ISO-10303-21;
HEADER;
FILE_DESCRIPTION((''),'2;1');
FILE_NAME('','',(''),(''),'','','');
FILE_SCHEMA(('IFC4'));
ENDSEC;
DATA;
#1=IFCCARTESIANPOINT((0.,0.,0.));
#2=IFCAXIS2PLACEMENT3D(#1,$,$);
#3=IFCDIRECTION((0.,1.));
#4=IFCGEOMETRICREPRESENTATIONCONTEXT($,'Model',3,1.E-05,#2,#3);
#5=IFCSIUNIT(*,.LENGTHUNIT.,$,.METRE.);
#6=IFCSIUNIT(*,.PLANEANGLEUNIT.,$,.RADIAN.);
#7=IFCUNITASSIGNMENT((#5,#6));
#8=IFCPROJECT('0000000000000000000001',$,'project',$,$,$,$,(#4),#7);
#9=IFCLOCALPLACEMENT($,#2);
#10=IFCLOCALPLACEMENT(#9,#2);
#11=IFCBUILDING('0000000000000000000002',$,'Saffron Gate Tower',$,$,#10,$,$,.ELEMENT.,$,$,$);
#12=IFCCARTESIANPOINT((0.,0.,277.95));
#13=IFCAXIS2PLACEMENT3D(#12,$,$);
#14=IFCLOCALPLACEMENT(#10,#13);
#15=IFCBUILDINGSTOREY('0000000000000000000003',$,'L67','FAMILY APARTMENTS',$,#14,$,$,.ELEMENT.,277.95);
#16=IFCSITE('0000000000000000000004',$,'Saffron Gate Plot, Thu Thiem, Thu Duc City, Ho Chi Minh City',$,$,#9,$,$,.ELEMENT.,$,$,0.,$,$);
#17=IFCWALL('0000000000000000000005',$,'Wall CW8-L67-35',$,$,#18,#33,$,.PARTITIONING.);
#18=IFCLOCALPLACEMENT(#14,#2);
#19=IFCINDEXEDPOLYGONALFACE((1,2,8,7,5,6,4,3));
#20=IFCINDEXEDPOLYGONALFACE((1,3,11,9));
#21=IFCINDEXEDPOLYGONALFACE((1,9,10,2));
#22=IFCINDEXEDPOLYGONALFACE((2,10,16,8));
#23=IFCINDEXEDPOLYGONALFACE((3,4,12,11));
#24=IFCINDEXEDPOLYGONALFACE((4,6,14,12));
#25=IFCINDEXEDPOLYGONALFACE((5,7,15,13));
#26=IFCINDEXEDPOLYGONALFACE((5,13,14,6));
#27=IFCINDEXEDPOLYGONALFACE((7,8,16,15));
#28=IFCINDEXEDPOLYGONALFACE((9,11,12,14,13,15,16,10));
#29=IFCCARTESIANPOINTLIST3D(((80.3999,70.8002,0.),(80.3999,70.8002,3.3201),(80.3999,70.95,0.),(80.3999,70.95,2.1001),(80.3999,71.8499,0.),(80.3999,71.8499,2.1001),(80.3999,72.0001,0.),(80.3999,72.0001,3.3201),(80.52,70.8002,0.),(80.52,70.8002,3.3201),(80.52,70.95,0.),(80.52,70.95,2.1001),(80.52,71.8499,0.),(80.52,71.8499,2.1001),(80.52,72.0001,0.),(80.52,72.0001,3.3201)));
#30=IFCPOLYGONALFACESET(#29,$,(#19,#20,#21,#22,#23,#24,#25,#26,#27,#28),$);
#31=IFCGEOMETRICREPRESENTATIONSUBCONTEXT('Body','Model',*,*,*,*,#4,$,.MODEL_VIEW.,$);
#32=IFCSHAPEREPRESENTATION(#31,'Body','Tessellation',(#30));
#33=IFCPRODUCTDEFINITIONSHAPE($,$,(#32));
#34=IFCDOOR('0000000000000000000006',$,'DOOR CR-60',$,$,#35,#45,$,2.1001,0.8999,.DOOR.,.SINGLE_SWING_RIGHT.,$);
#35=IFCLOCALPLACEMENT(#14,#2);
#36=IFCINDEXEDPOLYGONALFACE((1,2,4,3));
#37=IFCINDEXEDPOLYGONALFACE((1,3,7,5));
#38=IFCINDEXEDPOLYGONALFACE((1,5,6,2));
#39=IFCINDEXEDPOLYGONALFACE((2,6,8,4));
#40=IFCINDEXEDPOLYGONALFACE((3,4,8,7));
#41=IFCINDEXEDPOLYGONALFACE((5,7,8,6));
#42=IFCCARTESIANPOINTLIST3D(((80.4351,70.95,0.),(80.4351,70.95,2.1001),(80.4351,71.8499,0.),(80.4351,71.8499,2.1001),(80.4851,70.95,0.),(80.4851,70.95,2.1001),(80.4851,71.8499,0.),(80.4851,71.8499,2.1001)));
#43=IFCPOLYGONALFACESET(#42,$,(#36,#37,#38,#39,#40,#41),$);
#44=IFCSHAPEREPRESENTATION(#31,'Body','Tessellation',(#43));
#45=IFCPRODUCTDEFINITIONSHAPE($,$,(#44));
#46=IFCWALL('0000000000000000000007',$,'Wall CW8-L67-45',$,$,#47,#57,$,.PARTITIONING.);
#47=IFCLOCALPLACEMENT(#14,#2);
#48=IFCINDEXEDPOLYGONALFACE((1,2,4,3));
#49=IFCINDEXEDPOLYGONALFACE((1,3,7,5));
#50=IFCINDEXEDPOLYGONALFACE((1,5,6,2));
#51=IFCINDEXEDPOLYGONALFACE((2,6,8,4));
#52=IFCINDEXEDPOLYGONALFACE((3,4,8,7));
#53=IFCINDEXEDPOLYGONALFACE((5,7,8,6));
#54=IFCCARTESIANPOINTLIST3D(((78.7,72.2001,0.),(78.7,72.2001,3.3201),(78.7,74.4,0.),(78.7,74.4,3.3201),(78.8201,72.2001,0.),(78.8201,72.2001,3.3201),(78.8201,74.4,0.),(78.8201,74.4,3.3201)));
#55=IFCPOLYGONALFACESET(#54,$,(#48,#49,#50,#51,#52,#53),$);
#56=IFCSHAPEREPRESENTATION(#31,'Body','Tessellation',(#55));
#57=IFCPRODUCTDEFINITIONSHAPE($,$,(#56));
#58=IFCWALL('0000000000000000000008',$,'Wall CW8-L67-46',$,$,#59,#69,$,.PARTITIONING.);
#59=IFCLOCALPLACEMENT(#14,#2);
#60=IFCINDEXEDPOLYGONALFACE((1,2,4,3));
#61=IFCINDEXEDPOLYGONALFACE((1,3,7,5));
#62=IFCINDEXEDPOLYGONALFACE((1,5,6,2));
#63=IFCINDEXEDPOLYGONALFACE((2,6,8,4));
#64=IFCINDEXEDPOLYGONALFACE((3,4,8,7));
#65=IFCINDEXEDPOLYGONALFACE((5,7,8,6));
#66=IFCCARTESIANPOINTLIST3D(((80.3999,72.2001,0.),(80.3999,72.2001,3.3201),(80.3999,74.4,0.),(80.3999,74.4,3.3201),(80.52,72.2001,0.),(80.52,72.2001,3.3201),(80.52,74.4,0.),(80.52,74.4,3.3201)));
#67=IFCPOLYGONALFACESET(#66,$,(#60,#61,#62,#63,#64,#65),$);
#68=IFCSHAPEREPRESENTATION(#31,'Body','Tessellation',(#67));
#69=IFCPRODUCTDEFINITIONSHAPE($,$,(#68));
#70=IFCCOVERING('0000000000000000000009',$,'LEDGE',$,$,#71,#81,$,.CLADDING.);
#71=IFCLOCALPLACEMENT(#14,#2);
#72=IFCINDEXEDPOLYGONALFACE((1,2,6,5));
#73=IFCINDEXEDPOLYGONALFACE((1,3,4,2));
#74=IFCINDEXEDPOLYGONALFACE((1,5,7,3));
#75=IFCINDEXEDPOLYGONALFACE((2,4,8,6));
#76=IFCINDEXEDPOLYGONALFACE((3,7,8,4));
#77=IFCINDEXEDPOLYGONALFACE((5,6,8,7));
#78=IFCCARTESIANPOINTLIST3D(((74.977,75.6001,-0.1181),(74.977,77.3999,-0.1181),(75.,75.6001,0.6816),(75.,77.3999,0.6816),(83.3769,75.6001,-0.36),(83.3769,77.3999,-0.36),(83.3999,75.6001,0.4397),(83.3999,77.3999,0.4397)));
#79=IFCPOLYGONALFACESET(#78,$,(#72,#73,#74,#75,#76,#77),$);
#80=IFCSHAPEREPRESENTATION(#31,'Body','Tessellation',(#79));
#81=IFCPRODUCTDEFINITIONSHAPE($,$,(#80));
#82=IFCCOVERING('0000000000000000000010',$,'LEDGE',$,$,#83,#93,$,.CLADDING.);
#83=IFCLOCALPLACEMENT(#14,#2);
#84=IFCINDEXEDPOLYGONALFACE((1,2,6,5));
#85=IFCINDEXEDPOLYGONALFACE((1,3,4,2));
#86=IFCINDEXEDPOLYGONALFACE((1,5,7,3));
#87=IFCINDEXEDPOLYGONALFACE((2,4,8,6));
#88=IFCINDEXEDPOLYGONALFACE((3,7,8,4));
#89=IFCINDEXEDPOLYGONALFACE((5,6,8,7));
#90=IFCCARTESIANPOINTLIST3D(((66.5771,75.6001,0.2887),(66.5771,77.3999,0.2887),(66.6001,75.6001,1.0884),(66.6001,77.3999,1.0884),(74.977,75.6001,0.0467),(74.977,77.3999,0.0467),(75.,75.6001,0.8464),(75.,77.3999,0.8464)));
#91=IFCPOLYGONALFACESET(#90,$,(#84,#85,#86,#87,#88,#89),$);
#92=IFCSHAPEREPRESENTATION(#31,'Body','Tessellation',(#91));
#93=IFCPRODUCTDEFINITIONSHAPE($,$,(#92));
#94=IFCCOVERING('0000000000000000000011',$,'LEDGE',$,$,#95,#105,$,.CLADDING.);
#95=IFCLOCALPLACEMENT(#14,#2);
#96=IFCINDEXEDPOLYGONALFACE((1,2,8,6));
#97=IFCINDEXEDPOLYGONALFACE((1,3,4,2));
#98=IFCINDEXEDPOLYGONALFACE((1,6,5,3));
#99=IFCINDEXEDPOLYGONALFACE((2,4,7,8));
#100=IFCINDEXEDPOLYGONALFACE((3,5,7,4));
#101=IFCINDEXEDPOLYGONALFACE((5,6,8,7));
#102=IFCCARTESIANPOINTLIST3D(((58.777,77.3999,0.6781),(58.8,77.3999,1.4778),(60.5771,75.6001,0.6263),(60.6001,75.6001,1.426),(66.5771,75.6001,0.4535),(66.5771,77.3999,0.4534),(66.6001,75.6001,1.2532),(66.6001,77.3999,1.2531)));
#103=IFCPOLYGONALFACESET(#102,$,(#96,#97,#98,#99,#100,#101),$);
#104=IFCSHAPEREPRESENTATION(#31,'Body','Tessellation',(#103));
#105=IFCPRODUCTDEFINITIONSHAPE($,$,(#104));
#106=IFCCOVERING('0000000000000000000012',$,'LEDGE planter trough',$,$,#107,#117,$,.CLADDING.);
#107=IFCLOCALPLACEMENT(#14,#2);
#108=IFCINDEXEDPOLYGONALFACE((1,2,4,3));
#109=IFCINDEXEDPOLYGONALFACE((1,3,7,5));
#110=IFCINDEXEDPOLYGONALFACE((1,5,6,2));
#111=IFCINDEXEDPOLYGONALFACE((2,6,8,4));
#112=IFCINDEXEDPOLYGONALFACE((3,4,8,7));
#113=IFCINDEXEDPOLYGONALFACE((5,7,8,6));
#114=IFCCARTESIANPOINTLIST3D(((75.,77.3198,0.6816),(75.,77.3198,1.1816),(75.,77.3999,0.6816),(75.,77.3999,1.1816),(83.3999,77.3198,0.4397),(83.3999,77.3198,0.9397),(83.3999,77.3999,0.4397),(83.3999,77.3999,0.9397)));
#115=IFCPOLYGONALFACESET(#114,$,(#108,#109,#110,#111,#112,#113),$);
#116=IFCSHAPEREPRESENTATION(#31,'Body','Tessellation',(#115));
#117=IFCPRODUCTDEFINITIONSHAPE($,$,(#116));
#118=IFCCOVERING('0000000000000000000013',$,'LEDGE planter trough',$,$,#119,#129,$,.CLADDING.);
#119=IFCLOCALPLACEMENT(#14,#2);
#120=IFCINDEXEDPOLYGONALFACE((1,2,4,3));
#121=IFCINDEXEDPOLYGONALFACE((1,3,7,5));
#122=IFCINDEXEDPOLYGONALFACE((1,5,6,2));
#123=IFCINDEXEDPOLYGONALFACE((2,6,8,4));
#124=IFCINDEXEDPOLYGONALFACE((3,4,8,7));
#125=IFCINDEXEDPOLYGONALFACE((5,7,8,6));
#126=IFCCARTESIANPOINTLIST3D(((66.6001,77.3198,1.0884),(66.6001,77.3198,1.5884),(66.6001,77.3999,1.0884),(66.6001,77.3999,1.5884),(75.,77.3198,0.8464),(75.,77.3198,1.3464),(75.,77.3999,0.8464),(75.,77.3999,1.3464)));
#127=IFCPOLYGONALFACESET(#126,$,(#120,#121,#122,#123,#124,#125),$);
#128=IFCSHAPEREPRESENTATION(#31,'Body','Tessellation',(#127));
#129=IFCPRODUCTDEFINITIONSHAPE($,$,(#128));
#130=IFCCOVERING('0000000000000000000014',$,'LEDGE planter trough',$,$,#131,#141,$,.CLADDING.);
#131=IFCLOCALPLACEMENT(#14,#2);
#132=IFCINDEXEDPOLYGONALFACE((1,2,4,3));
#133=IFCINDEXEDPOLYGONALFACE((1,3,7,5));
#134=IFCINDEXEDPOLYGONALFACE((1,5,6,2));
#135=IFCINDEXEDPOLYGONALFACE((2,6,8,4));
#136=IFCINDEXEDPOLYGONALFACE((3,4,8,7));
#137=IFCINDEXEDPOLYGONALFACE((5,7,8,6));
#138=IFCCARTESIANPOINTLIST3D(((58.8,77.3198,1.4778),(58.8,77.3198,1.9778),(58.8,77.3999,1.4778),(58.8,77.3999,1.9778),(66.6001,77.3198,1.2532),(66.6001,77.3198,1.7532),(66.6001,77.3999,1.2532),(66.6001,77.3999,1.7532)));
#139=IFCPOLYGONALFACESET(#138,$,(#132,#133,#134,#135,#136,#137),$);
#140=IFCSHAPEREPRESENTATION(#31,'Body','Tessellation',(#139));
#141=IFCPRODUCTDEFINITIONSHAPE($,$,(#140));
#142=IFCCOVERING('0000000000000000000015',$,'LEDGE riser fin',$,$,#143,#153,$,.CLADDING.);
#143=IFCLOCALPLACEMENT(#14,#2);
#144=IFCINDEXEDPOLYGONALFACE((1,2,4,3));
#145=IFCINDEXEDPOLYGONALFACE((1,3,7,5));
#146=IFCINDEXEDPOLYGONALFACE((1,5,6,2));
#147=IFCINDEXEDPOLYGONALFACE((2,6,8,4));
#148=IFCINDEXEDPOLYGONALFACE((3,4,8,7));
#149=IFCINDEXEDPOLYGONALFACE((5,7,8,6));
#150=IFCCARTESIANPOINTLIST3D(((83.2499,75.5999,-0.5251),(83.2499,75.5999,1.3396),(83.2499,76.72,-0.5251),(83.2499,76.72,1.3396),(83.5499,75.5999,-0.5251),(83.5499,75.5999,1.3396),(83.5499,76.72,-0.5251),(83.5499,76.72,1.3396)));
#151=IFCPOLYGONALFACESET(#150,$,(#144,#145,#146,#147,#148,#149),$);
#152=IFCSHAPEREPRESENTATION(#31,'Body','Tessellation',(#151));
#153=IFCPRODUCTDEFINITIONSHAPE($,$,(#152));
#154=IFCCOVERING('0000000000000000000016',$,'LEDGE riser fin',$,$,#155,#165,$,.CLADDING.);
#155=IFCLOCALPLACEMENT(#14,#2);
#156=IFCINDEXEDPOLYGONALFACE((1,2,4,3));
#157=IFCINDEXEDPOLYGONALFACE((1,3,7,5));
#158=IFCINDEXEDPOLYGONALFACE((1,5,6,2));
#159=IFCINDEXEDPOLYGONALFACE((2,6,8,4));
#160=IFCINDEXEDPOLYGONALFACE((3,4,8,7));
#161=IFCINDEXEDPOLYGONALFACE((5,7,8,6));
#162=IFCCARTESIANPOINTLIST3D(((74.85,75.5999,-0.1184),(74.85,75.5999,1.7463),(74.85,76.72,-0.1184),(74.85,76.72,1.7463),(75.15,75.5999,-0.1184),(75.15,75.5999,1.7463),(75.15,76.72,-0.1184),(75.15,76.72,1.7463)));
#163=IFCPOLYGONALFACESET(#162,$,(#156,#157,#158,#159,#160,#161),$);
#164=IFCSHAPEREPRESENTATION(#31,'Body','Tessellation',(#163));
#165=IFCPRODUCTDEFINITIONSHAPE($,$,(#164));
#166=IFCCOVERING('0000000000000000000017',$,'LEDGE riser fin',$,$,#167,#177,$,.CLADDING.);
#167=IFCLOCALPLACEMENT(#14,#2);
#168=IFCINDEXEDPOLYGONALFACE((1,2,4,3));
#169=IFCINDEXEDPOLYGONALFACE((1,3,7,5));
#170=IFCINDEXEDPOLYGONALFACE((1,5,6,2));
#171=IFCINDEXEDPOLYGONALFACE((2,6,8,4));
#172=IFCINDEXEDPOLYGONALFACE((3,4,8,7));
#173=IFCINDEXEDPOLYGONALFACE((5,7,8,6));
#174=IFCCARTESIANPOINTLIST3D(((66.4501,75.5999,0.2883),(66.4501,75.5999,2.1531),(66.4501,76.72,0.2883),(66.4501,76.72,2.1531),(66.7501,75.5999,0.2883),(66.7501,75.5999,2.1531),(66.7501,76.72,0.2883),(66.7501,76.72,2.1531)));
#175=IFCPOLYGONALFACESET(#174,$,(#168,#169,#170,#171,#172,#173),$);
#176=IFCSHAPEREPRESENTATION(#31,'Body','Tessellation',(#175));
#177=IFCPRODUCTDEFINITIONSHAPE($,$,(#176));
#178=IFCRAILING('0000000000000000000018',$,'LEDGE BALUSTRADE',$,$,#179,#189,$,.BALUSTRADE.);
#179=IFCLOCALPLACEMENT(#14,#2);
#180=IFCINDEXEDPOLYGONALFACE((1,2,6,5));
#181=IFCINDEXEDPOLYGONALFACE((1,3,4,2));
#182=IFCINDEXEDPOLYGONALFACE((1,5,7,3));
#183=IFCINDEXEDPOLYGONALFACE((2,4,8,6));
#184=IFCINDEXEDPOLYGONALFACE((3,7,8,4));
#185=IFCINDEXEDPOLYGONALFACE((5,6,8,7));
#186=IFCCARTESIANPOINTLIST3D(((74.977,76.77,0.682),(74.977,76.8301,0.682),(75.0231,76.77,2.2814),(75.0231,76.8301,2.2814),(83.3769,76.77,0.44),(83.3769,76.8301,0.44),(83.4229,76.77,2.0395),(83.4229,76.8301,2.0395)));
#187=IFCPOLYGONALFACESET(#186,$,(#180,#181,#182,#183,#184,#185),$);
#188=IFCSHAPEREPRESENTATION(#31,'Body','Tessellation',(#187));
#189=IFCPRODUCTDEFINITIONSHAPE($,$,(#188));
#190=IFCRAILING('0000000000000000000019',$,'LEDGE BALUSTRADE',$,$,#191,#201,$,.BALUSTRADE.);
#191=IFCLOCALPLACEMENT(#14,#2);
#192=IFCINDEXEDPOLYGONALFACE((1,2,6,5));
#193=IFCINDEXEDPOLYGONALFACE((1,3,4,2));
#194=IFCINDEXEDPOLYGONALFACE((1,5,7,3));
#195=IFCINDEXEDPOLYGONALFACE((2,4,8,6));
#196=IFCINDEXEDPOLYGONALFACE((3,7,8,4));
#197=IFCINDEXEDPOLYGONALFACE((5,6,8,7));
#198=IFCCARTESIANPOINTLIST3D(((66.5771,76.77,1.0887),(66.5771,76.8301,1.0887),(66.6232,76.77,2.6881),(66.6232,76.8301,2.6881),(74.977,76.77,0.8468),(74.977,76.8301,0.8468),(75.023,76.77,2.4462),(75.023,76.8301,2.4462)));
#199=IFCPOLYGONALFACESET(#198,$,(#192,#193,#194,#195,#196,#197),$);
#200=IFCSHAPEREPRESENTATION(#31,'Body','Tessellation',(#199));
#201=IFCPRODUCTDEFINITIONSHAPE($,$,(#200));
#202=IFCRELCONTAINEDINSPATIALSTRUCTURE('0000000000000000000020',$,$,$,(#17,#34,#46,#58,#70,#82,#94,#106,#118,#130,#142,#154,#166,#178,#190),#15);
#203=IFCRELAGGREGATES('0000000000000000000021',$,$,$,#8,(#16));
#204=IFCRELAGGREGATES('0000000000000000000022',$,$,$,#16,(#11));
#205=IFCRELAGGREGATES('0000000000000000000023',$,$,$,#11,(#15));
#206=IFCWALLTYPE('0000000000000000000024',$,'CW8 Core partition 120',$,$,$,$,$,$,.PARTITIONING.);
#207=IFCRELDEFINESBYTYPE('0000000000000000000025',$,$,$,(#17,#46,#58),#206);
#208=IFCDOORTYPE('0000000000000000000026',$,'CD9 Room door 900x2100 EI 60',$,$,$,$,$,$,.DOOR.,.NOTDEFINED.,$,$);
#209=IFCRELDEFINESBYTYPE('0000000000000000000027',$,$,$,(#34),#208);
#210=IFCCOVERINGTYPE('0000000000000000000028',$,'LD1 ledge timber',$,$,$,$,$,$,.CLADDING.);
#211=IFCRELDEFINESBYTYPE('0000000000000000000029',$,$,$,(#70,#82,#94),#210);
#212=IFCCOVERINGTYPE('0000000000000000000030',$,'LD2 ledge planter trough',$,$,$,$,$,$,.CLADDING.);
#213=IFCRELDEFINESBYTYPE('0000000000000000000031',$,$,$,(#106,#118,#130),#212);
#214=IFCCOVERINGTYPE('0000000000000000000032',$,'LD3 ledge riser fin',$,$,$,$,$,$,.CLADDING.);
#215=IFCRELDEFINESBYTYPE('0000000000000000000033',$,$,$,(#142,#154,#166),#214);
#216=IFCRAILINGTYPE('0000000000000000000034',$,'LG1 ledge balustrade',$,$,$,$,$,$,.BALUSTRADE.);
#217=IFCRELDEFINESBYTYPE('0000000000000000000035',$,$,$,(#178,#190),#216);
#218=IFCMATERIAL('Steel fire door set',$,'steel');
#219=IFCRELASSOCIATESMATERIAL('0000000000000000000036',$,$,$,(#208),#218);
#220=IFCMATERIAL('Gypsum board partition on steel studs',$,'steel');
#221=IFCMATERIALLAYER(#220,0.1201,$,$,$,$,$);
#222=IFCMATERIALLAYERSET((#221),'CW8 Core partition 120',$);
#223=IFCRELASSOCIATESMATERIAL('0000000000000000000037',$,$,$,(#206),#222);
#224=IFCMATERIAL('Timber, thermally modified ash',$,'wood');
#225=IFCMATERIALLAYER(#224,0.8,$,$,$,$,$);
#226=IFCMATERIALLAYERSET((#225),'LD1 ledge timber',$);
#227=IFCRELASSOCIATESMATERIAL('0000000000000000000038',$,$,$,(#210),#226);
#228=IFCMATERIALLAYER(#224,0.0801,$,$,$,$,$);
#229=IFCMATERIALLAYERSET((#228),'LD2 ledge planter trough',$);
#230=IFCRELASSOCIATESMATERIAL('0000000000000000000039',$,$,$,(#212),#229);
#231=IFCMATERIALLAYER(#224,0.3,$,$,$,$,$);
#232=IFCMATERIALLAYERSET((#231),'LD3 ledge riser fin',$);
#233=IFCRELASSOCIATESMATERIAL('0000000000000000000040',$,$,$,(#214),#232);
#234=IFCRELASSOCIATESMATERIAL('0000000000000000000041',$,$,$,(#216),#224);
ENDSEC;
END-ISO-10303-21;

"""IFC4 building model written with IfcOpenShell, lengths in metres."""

from ifc_helpers import new_model, si_unit, direction, frame, frame_2d, origin, origin_2d, place, context, subcontext, project, spatial, polyline, rectangle, outline, extrude, material, layer, layer_set, type_object, element, fill, save


model = new_model("IFC4")

# Units and contexts
model_context = context("Model", 3, precision=1e-05, world=origin(), true_north=direction((0.0, 1.0)))
body_context = subcontext(model_context, "Body", "Model", "MODEL_VIEW")
ifc_project = project(units=[si_unit("LENGTHUNIT", "METRE"), si_unit("PLANEANGLEUNIT", "RADIAN")], contexts=[model_context])

# Site, building, storey
site_placement = place(None, origin())
site = spatial("IfcSite", under=ifc_project, at=site_placement, Name="Saffron Gate Plot, Thu Thiem, Thu Duc City, Ho Chi Minh City", CompositionType="ELEMENT", RefElevation=0.0)
building_placement = place(site_placement, origin())
building = spatial("IfcBuilding", under=site, at=building_placement, Name="Saffron Gate Tower", CompositionType="ELEMENT")
storey_placement = place(building_placement, frame((0.0, 0.0, 277.95)))
storey = spatial("IfcBuildingStorey", under=building, at=storey_placement, Name="L67", Description="FAMILY APARTMENTS", CompositionType="ELEMENT", Elevation=277.95)

# Shared definitions
ifc_material_1 = material(Name="Steel fire door set", Category="steel")
door_type_1 = type_object("IfcDoorType", Name="CD9 Room door 900x2100 EI 60", OperationType="NOTDEFINED", PredefinedType="DOOR", material=ifc_material_1)

# Wall, opening, door
ifc_material_2 = material(Name="Gypsum board partition on steel studs", Category="steel")
ifc_layer_1 = layer(ifc_material_2, 0.1201)
ifc_layer_set_1 = layer_set([ifc_layer_1], Name="CW8 Core partition 120")
wall_type_1 = type_object("IfcWallType", Name="CW8 Core partition 120", PredefinedType="PARTITIONING", material=ifc_layer_set_1)
wall_1_placement = place(storey_placement, frame((80.46, 70.8, 0.0), z_axis=(0.0, 0.0, 1.0), x_axis=(0.0, 1.0, 0.0)))
wall_1 = element("IfcWall", 1, at=wall_1_placement, inside=storey, type_object=wall_type_1, Name="Wall CW8-L67-35", PredefinedType="PARTITIONING", context=body_context, shape_type="SweptSolid", body=[
    extrude(rectangle(XDim=1.2, YDim=0.1201, at=frame_2d((0.6001, 0.0))), origin(), (0.0, 0.0, 1.0), 3.3201),
])
opening_1_placement = place(wall_1_placement, frame((0.1499, 0.0, 0.0)))
opening_1 = element("IfcOpeningElement", 2, at=opening_1_placement, cuts=wall_1, PredefinedType="OPENING", context=body_context, shape_type="SweptSolid", body=[
    extrude(rectangle(XDim=0.8999, YDim=2.1001, at=frame_2d((0.45, 1.05))), frame((0.0, 0.0701, 0.0), z_axis=(0.0, -1.0, 0.0), x_axis=(1.0, 0.0, 0.0)), (0.0, 0.0, 1.0), 0.1401),
])
door_1_placement = place(opening_1_placement, origin())
door_1 = element("IfcDoor", 3, at=door_1_placement, inside=storey, type_object=door_type_1, Name="DOOR CR-60", OperationType="SINGLE_SWING_RIGHT", OverallHeight=2.1001, OverallWidth=0.8999, PredefinedType="DOOR", context=body_context, shape_type="SweptSolid", body=[
    extrude(rectangle(XDim=0.8999, YDim=2.1001, at=frame_2d((0.45, 1.05))), frame((0.0, 0.0249, 0.0), z_axis=(0.0, -1.0, 0.0), x_axis=(1.0, 0.0, 0.0)), (0.0, 0.0, 1.0), 0.05),
])
fill(opening_1, door_1)

# Walls
for number, where, z_axis, x_axis, name in (
    (4, (78.76, 72.2, 0.0), (0.0, 0.0, 1.0), (0.0, 1.0, 0.0), "Wall CW8-L67-45"),
    (5, (80.46, 72.2, 0.0), (0.0, 0.0, 1.0), (0.0, 1.0, 0.0), "Wall CW8-L67-46"),
):
    element("IfcWall", number, at=place(storey_placement, frame(where, z_axis=z_axis, x_axis=x_axis)), inside=storey, type_object=wall_type_1, Name=name, PredefinedType="PARTITIONING", context=body_context, shape_type="SweptSolid", body=[
        extrude(rectangle(XDim=2.2, YDim=0.1201, at=frame_2d((1.1001, 0.0))), origin(), (0.0, 0.0, 1.0), 3.3201),
    ])

# Coverings
ifc_material_3 = material(Name="Timber, thermally modified ash", Category="wood")
ifc_layer_2 = layer(ifc_material_3, 0.8)
ifc_layer_set_2 = layer_set([ifc_layer_2], Name="LD1 ledge timber")
covering_type_1 = type_object("IfcCoveringType", Name="LD1 ledge timber", PredefinedType="CLADDING", material=ifc_layer_set_2)
for number, where, z_axis, x_axis, name in (
    (6, (83.3999, 75.6001, 0.4397), (0.028791, 0.0, 0.999585), (-0.999585, 0.0, 0.028791), "LEDGE"),
    (7, (75.0, 75.6001, 0.8464), (0.028791, 0.0, 0.999585), (-0.999585, 0.0, 0.028791), "LEDGE"),
):
    element("IfcCovering", number, at=place(storey_placement, frame(where, z_axis=z_axis, x_axis=x_axis)), inside=storey, type_object=covering_type_1, Name=name, PredefinedType="CLADDING", context=body_context, shape_type="SweptSolid", body=[
        extrude(outline(polyline([(0.0, 0.0), (8.4034, 0.0), (8.4034, -1.7998), (0.0, -1.7998), (0.0, 0.0)])), origin(), (0.0, 0.0, -1.0), 0.8),
    ])
covering_1_placement = place(storey_placement, frame((66.6001, 75.6001, 1.2532), z_axis=(0.028789, 0.000024, 0.999585), x_axis=(-0.999585, 0.0, 0.028789)))
element("IfcCovering", 8, at=covering_1_placement, inside=storey, type_object=covering_type_1, Name="LEDGE", PredefinedType="CLADDING", context=body_context, shape_type="SweptSolid", body=[
    extrude(outline(polyline([(0.0, 0.0), (6.0025, 0.0), (7.8033, -1.7998), (0.0, -1.7998), (0.0, 0.0)])), origin(), (0.0, 0.0, -1.0), 0.8),
])
ifc_layer_3 = layer(ifc_material_3, 0.0801)
ifc_layer_set_3 = layer_set([ifc_layer_3], Name="LD2 ledge planter trough")
covering_type_2 = type_object("IfcCoveringType", Name="LD2 ledge planter trough", PredefinedType="CLADDING", material=ifc_layer_set_3)
for number, where, z_axis, x_axis, name in (
    (9, (83.3999, 77.3999, 0.4397), (0.0, 1.0, 0.0), (-0.999585, 0.0, 0.028791), "LEDGE planter trough"),
    (10, (75.0, 77.3999, 0.8464), (0.0, 1.0, 0.0), (-0.999585, 0.0, 0.028791), "LEDGE planter trough"),
):
    element("IfcCovering", number, at=place(storey_placement, frame(where, z_axis=z_axis, x_axis=x_axis)), inside=storey, type_object=covering_type_2, Name=name, PredefinedType="CLADDING", context=body_context, shape_type="SweptSolid", body=[
        extrude(outline(polyline([(0.0, 0.0), (8.4034, 0.0), (8.4178, 0.4998), (0.0144, 0.4998), (0.0, 0.0)])), origin(), (0.0, 0.0, -1.0), 0.0801),
    ])
covering_2_placement = place(storey_placement, frame((66.6001, 77.3999, 1.2532), z_axis=(0.0, 1.0, 0.0), x_axis=(-0.999586, 0.0, 0.028784)))
element("IfcCovering", 11, at=covering_2_placement, inside=storey, type_object=covering_type_2, Name="LEDGE planter trough", PredefinedType="CLADDING", context=body_context, shape_type="SweptSolid", body=[
    extrude(outline(polyline([(0.0, 0.0), (7.8033, 0.0), (7.8177, 0.4998), (0.0144, 0.4998), (0.0, 0.0)])), origin(), (0.0, 0.0, -1.0), 0.0801),
])
ifc_layer_4 = layer(ifc_material_3, 0.3)
ifc_layer_set_4 = layer_set([ifc_layer_4], Name="LD3 ledge riser fin")
covering_type_3 = type_object("IfcCoveringType", Name="LD3 ledge riser fin", PredefinedType="CLADDING", material=ifc_layer_set_4)
for number, where, z_axis, x_axis, name in (
    (12, (83.3999, 76.1599, -0.5251), (0.0, 0.0, 1.0), (-1.0, 0.0, 0.0), "LEDGE riser fin"),
    (13, (75.0, 76.1599, -0.1184), (0.0, 0.0, 1.0), (-1.0, 0.0, 0.0), "LEDGE riser fin"),
    (14, (66.6001, 76.1599, 0.2883), (0.0, 0.0, 1.0), (-1.0, 0.0, 0.0), "LEDGE riser fin"),
):
    element("IfcCovering", number, at=place(storey_placement, frame(where, z_axis=z_axis, x_axis=x_axis)), inside=storey, type_object=covering_type_3, Name=name, PredefinedType="CLADDING", context=body_context, shape_type="SweptSolid", body=[
        extrude(rectangle(XDim=0.3, YDim=1.1201, at=origin_2d()), origin(), (0.0, 0.0, 1.0), 1.8647),
    ])

# Railings
railing_type = type_object("IfcRailingType", Name="LG1 ledge balustrade", PredefinedType="BALUSTRADE", material=ifc_material_3)
for number, where, name in (
    (15, (83.3999, 76.8, 0.4397), "LEDGE BALUSTRADE"),
    (16, (75.0, 76.8, 0.8464), "LEDGE BALUSTRADE"),
):
    element("IfcRailing", number, at=place(storey_placement, frame(where)), inside=storey, type_object=railing_type, Name=name, PredefinedType="BALUSTRADE", context=body_context, shape_type="SweptSolid", body=[
        extrude(rectangle(XDim=0.0601, YDim=1.6001, at=origin_2d()), frame((0.0, 0.0, 0.8), z_axis=(-0.999585, 0.0, 0.028791), x_axis=(0.0, -1.0, 0.0)), (0.0, 0.0, 1.0), 8.4033),
    ])

save(model, "model.ifc")
